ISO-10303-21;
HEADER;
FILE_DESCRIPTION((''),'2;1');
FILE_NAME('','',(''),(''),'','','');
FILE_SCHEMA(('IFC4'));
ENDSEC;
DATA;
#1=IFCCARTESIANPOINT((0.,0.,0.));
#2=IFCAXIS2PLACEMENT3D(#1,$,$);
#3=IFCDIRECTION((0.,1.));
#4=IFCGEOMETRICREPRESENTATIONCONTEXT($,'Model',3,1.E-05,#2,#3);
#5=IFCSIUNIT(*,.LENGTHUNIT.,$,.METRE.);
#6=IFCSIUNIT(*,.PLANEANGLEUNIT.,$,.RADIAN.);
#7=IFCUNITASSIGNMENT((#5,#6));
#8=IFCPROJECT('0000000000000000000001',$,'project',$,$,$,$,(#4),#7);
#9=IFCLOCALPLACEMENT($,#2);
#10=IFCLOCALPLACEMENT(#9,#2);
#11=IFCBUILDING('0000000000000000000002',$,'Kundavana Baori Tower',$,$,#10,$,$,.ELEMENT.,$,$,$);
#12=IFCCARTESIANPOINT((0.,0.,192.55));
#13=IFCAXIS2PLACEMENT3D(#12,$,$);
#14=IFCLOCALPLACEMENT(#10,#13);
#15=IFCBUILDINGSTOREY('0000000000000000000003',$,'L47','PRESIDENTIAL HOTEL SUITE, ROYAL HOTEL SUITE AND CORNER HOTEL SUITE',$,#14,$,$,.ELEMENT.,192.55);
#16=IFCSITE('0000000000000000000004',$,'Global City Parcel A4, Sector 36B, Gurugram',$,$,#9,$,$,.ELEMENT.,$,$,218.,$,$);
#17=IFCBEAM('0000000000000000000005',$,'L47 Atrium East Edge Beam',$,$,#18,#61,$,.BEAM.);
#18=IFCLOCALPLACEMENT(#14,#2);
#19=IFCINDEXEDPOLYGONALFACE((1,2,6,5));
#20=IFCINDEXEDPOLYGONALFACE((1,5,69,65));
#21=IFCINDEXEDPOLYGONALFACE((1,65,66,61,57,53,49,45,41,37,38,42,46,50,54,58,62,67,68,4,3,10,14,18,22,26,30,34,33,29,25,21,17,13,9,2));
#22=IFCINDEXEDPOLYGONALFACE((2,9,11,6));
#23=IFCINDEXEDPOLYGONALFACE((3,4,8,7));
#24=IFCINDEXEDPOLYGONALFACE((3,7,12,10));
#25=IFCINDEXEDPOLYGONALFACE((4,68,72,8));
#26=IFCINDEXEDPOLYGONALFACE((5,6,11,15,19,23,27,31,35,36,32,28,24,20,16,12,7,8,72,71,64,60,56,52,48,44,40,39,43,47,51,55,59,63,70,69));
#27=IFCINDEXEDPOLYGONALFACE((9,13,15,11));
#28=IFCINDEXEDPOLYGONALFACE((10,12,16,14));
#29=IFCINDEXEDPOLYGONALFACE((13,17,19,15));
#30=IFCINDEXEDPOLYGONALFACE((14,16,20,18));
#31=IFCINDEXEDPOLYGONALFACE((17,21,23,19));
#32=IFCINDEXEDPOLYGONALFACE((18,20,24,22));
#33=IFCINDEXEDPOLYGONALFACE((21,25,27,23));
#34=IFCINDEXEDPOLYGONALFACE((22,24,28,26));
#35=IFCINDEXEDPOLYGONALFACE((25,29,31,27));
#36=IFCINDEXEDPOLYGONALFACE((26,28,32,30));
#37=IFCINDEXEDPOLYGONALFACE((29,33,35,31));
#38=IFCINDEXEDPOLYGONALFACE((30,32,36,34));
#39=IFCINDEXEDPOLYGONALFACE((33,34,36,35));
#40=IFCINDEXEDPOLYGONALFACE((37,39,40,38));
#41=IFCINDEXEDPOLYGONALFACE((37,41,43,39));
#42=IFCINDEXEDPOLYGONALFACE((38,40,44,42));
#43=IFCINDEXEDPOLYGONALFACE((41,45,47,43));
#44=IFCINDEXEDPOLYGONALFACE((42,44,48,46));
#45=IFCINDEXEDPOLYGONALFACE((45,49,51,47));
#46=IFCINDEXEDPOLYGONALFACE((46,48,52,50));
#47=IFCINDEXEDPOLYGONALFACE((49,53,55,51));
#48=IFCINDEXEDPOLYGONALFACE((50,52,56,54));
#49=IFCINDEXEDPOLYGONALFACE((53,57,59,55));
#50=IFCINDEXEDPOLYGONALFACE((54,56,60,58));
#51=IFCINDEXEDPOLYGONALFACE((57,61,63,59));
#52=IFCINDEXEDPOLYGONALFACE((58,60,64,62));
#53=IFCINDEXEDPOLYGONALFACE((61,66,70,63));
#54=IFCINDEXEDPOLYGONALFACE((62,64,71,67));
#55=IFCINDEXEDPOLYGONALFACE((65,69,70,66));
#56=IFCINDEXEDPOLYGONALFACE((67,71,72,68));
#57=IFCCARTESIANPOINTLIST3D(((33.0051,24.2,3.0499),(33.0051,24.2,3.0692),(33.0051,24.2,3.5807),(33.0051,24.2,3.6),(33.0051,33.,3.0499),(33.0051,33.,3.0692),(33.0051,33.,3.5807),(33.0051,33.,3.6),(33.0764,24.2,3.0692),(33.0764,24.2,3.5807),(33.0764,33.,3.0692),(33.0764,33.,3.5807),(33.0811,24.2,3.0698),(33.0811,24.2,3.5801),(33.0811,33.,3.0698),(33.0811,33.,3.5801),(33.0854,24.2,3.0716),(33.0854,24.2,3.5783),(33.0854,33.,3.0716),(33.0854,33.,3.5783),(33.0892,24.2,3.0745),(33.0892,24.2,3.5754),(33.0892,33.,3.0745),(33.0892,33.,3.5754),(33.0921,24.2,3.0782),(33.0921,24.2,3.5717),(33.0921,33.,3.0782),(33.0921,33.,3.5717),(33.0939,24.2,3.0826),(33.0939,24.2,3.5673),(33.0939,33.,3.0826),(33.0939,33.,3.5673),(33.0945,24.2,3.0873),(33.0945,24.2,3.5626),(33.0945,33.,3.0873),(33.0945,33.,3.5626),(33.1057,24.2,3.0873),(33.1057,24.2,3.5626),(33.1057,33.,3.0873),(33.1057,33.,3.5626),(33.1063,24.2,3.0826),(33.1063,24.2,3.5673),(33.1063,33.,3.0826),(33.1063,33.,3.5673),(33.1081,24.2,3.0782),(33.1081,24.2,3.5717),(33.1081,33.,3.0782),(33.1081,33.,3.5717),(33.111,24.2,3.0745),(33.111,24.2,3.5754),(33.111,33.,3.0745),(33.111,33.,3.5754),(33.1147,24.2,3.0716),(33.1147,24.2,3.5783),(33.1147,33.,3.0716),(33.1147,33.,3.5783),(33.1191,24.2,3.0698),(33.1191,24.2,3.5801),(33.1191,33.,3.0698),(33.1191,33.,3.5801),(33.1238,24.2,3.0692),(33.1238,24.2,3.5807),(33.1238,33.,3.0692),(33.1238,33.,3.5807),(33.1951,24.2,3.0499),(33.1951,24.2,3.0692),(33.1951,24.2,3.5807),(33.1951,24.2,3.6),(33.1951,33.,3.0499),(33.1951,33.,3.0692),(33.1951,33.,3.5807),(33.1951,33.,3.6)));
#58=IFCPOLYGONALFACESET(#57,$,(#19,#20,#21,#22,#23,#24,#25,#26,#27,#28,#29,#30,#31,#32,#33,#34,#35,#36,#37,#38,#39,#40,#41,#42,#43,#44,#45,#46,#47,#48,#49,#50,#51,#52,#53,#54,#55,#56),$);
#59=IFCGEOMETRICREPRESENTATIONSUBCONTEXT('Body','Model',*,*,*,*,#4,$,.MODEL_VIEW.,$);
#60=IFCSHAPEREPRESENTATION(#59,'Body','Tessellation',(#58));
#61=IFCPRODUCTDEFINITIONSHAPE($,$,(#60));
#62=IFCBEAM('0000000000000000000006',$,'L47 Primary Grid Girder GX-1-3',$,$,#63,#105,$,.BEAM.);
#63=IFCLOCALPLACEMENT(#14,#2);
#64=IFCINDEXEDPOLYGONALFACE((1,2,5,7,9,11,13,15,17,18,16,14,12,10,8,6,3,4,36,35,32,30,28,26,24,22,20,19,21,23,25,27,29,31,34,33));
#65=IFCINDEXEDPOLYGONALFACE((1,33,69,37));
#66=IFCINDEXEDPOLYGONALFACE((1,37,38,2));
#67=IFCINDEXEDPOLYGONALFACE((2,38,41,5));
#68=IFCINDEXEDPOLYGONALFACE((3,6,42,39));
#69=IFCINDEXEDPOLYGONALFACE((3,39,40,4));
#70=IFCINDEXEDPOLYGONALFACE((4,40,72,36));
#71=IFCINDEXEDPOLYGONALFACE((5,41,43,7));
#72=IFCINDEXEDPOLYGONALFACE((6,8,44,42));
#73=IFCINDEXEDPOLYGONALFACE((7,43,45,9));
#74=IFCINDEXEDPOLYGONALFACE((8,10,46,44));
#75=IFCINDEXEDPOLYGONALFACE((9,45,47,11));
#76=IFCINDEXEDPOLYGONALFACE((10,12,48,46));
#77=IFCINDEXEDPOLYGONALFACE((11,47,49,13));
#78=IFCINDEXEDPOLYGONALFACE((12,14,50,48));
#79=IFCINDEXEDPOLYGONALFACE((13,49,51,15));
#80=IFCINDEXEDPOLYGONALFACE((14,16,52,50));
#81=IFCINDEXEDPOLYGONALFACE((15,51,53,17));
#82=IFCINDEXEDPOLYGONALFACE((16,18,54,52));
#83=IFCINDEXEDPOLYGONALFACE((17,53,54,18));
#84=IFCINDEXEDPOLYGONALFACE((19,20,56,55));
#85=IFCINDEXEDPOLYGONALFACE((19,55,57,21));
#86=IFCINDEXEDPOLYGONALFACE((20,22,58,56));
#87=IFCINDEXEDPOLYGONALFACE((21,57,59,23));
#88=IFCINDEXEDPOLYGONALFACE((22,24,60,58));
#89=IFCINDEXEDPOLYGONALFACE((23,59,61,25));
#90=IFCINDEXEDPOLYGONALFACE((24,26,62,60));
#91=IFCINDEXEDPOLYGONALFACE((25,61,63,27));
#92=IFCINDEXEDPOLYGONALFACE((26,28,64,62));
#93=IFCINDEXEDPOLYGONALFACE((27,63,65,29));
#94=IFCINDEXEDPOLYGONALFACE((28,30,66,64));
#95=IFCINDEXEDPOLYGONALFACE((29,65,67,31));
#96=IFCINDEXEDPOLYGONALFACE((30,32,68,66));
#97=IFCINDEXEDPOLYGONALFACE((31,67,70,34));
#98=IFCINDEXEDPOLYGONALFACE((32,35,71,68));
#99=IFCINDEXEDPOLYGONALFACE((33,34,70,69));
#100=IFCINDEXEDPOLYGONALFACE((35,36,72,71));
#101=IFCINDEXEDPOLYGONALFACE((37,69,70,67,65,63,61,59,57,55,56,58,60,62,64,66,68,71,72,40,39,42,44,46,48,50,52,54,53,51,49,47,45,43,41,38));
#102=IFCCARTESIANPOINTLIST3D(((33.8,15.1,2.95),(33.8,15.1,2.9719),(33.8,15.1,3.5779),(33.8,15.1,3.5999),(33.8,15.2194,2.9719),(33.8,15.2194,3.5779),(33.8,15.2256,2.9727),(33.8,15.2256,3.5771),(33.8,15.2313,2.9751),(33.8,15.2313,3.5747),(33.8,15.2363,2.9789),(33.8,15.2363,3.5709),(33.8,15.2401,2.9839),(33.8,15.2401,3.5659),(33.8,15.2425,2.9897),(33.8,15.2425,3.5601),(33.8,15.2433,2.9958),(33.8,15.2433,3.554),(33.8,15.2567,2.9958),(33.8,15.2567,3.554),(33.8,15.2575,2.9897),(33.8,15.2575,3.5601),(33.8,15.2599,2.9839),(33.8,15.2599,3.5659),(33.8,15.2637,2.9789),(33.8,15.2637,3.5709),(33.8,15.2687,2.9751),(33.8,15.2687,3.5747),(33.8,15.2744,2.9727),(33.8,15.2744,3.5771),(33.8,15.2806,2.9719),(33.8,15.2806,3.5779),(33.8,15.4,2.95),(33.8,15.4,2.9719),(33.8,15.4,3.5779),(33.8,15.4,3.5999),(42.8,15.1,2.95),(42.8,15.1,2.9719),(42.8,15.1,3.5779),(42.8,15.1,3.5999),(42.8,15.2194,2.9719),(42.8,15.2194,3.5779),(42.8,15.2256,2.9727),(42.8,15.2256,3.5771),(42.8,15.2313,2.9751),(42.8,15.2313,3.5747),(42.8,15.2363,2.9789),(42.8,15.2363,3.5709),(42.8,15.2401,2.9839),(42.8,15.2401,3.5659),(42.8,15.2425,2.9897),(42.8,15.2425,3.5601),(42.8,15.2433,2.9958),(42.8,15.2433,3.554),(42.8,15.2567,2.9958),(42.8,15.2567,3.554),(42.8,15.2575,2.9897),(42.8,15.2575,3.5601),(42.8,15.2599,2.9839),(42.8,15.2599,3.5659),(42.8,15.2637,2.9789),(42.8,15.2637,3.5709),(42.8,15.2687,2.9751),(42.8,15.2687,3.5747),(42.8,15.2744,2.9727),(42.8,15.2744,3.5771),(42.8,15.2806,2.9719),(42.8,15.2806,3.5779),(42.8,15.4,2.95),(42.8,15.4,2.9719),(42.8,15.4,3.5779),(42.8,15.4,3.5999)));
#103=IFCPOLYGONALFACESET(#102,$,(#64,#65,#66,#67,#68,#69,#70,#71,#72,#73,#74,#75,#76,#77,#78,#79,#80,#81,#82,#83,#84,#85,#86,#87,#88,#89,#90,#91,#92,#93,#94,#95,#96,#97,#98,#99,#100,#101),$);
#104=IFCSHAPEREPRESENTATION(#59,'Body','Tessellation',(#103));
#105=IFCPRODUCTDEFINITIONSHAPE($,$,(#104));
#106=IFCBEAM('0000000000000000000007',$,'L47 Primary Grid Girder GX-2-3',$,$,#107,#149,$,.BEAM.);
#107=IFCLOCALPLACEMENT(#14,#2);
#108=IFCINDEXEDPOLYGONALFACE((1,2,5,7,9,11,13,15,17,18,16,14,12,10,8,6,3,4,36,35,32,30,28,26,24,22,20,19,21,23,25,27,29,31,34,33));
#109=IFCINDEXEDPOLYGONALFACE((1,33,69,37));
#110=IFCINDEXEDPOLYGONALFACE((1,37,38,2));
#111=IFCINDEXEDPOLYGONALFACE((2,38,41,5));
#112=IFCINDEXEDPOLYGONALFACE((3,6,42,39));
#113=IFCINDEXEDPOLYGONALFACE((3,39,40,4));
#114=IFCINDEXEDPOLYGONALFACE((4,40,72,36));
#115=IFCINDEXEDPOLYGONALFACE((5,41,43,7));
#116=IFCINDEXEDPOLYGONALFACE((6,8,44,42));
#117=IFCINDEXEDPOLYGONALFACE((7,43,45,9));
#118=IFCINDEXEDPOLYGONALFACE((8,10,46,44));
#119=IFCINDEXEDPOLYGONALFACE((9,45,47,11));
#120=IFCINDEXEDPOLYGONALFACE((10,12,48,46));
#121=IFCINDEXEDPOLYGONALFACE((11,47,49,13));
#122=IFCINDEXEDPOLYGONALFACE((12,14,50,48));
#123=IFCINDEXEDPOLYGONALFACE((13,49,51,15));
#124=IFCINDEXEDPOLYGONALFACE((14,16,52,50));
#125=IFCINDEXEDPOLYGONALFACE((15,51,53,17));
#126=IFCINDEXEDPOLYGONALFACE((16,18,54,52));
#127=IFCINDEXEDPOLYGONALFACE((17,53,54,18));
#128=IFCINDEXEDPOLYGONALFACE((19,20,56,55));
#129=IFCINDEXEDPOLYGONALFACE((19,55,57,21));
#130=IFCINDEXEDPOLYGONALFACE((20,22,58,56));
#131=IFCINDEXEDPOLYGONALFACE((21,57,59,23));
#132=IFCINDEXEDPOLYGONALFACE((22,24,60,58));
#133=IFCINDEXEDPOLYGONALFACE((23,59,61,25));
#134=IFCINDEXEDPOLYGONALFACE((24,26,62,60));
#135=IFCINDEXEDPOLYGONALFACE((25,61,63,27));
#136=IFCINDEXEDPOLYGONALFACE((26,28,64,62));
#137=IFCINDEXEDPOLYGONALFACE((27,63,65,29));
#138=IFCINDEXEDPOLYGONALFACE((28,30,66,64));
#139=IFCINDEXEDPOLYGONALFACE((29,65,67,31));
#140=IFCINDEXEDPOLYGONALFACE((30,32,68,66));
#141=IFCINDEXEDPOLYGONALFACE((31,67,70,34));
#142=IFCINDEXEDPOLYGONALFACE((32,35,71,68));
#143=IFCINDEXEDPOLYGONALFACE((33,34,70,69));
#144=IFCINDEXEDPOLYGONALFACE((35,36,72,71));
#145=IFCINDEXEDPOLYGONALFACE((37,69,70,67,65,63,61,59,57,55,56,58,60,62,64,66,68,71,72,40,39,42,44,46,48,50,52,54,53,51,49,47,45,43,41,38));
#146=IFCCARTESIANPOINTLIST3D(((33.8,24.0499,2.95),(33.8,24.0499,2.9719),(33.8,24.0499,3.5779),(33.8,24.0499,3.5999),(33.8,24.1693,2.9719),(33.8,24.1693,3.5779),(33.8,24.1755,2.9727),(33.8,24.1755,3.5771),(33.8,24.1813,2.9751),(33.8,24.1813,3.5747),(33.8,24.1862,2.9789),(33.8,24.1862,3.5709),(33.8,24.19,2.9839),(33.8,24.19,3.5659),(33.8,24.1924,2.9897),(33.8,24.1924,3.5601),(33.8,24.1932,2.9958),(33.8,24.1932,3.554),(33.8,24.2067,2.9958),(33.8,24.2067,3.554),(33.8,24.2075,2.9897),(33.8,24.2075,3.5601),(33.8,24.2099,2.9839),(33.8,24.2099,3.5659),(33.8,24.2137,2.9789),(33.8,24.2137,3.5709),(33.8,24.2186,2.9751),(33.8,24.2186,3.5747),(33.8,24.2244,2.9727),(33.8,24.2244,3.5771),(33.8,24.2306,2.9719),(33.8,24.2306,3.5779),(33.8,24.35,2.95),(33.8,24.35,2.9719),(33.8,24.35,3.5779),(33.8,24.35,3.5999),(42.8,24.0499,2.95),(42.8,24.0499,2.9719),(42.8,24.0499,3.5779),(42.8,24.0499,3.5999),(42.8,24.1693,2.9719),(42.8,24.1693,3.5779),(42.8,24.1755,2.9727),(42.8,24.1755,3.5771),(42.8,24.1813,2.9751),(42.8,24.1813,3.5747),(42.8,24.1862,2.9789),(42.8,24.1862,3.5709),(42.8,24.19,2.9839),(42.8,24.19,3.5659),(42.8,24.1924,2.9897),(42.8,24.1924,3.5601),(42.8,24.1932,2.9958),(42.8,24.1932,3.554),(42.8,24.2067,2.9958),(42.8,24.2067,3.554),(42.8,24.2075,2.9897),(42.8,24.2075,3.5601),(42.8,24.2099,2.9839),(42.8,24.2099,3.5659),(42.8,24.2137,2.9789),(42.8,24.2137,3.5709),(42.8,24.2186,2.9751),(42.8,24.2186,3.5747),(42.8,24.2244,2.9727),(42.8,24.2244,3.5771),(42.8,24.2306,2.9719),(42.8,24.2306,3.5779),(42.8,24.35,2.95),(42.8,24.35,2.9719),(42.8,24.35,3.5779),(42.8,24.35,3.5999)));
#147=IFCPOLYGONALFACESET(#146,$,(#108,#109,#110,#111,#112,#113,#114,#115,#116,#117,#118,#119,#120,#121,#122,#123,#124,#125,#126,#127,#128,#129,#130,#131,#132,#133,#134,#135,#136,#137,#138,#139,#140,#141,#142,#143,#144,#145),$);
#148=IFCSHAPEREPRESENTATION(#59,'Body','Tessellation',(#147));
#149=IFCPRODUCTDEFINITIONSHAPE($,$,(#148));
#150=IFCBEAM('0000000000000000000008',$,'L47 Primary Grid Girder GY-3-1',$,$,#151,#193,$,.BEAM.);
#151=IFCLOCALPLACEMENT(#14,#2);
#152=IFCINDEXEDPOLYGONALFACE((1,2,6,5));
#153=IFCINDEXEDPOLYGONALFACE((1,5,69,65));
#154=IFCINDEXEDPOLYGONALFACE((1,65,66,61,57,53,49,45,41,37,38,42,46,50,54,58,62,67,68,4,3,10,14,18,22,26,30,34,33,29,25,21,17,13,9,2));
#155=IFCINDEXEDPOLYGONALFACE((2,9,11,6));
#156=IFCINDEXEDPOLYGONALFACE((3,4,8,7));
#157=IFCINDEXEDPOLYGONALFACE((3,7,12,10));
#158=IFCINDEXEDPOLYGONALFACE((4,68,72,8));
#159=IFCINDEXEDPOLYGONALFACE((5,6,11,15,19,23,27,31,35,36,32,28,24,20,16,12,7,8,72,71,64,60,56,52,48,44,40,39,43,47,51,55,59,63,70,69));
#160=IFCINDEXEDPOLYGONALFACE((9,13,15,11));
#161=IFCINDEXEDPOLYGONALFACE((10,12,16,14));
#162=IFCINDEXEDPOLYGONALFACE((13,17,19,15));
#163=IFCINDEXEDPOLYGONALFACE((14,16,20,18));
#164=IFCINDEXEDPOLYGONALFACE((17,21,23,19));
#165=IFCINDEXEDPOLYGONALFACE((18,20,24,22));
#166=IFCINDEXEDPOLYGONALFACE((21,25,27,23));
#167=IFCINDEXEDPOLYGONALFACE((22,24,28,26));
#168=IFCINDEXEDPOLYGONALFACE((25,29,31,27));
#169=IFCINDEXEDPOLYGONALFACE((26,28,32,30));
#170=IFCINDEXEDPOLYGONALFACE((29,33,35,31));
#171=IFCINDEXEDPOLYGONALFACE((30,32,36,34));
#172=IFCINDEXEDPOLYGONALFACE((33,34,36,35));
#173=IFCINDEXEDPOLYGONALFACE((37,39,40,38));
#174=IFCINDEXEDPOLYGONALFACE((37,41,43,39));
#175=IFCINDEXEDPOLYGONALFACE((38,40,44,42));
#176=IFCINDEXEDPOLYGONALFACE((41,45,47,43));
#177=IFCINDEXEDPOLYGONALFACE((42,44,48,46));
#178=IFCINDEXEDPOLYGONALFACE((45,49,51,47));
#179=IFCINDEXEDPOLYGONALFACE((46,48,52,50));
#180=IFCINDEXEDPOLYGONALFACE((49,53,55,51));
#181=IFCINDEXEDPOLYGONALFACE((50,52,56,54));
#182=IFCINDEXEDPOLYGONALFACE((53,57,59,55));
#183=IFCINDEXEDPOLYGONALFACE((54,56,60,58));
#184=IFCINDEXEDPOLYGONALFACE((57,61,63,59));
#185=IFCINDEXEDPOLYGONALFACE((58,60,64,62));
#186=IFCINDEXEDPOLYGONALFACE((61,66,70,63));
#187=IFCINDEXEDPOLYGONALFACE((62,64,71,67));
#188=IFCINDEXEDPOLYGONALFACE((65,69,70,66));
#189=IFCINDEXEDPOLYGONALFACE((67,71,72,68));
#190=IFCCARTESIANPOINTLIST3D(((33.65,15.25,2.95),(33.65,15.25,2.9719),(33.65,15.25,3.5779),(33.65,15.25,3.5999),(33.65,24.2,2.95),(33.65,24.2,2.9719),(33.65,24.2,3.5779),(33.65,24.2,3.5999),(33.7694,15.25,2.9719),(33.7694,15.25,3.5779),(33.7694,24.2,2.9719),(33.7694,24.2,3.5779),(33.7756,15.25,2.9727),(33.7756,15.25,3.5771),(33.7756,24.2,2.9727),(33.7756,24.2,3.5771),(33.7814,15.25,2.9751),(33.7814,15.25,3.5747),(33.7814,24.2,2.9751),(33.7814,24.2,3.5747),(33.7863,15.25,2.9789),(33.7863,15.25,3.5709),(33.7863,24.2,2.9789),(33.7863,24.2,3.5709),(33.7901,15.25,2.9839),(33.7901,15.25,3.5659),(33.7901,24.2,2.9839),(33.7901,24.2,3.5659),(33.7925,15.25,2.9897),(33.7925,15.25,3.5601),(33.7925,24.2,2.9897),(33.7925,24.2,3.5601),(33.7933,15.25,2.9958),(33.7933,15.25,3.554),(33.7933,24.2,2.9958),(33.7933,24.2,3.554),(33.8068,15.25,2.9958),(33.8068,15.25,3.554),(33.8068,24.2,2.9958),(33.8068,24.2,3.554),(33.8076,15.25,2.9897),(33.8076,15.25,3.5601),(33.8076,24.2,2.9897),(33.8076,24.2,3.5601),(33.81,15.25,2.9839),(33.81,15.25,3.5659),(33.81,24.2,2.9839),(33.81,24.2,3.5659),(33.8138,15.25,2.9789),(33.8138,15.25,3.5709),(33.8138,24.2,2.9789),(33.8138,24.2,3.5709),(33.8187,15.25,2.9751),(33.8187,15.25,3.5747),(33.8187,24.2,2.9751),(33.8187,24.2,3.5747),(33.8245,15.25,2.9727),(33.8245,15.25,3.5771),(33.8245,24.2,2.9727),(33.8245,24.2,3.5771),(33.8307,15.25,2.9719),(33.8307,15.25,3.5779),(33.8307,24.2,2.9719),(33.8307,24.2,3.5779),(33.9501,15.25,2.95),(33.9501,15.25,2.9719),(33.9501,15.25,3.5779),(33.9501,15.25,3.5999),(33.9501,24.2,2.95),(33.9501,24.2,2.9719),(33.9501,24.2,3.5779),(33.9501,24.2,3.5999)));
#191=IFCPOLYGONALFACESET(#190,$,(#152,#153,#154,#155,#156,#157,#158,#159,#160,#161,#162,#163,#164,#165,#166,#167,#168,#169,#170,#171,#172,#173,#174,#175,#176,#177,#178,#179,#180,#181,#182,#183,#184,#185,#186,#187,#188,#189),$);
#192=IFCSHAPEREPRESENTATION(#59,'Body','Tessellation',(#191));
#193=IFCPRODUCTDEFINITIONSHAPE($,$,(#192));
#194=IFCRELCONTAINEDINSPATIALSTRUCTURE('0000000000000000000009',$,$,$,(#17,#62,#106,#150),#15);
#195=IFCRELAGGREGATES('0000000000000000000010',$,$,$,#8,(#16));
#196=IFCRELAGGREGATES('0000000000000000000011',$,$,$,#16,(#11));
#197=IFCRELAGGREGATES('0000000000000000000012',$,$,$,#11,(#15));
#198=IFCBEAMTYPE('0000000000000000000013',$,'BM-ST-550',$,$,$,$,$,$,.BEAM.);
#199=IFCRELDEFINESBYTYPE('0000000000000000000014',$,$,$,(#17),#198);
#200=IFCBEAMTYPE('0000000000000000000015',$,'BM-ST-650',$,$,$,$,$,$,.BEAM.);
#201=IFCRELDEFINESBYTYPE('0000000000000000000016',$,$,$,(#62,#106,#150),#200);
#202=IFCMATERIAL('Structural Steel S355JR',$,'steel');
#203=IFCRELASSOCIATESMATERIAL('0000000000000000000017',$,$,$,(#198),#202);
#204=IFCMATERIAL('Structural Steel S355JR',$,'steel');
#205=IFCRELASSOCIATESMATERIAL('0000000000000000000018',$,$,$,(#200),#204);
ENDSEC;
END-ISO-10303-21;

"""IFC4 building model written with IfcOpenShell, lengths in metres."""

from ifc_helpers import new_model, si_unit, direction, frame, origin, origin_2d, place, context, subcontext, project, spatial, i_section, extrude, material, material_profile, profile_set, type_object, element, save


model = new_model("IFC4")

# Units and contexts
model_context = context("Model", 3, precision=1e-05, world=origin(), true_north=direction((0.0, 1.0)))
body_context = subcontext(model_context, "Body", "Model", "MODEL_VIEW")
ifc_project = project(units=[si_unit("LENGTHUNIT", "METRE"), si_unit("PLANEANGLEUNIT", "RADIAN")], contexts=[model_context])

# Site, building, storey
site_placement = place(None, origin())
site = spatial("IfcSite", under=ifc_project, at=site_placement, Name="Global City Parcel A4, Sector 36B, Gurugram", CompositionType="ELEMENT", RefElevation=218.0)
building_placement = place(site_placement, origin())
building = spatial("IfcBuilding", under=site, at=building_placement, Name="Kundavana Baori Tower", CompositionType="ELEMENT")
storey_placement = place(building_placement, frame((0.0, 0.0, 192.55)))
storey = spatial("IfcBuildingStorey", under=building, at=storey_placement, Name="L47", Description="PRESIDENTIAL HOTEL SUITE, ROYAL HOTEL SUITE AND CORNER HOTEL SUITE", CompositionType="ELEMENT", Elevation=192.55)

# Beams
ifc_material_1 = material(Name="Structural Steel S355JR", Category="steel")
ifc_material_profile_1 = material_profile(ifc_material_1, i_section(OverallWidth=0.1899, OverallDepth=0.55, WebThickness=0.0112, FlangeThickness=0.0193, FilletRadius=0.0181, at=origin_2d()), Name="ISMB 550")
ifc_profile_set_1 = profile_set([ifc_material_profile_1], Name="Structural Steel S355JR")
beam_type_1 = type_object("IfcBeamType", Name="BM-ST-550", PredefinedType="BEAM", material=ifc_profile_set_1)
for number, where, z_axis, x_axis, name in (
    (1, (33.1001, 24.2, 3.325), (0.0, 1.0, 0.0), (-1.0, 0.0, 0.0), "L47 Atrium East Edge Beam"),
):
    element("IfcBeam", number, at=place(storey_placement, frame(where, z_axis=z_axis, x_axis=x_axis)), inside=storey, type_object=beam_type_1, Name=name, PredefinedType="BEAM", context=body_context, shape_type="SweptSolid", body=[
        extrude(i_section(OverallWidth=0.1899, OverallDepth=0.55, WebThickness=0.0112, FlangeThickness=0.0193, FilletRadius=0.0181, at=origin_2d()), origin(), (0.0, 0.0, 1.0), 8.8),
    ])
ifc_material_2 = material(Name="Structural Steel S355JR", Category="steel")
ifc_material_profile_2 = material_profile(ifc_material_2, i_section(OverallWidth=0.3, OverallDepth=0.6499, WebThickness=0.0134, FlangeThickness=0.022, FilletRadius=0.0239, at=origin_2d()), Name="NPB 650x300x155")
ifc_profile_set_2 = profile_set([ifc_material_profile_2], Name="Structural Steel S355JR")
beam_type_2 = type_object("IfcBeamType", Name="BM-ST-650", PredefinedType="BEAM", material=ifc_profile_set_2)
for number, where, z_axis, x_axis, name in (
    (2, (33.8, 15.25, 3.2749), (1.0, 0.0, 0.0), (0.0, 1.0, 0.0), "L47 Primary Grid Girder GX-1-3"),
    (3, (33.8, 24.2, 3.2749), (1.0, 0.0, 0.0), (0.0, 1.0, 0.0), "L47 Primary Grid Girder GX-2-3"),
):
    element("IfcBeam", number, at=place(storey_placement, frame(where, z_axis=z_axis, x_axis=x_axis)), inside=storey, type_object=beam_type_2, Name=name, PredefinedType="BEAM", context=body_context, shape_type="SweptSolid", body=[
        extrude(i_section(OverallWidth=0.3, OverallDepth=0.6499, WebThickness=0.0134, FlangeThickness=0.022, FilletRadius=0.0239, at=origin_2d()), origin(), (0.0, 0.0, 1.0), 9.0),
    ])
beam_1_placement = place(storey_placement, frame((33.8, 15.25, 3.2749), z_axis=(0.0, 1.0, 0.0), x_axis=(-1.0, 0.0, 0.0)))
element("IfcBeam", 4, at=beam_1_placement, inside=storey, type_object=beam_type_2, Name="L47 Primary Grid Girder GY-3-1", PredefinedType="BEAM", context=body_context, shape_type="SweptSolid", body=[
    extrude(i_section(OverallWidth=0.3, OverallDepth=0.6499, WebThickness=0.0134, FlangeThickness=0.022, FilletRadius=0.0239, at=origin_2d()), origin(), (0.0, 0.0, 1.0), 8.95),
])

save(model, "model.ifc")
